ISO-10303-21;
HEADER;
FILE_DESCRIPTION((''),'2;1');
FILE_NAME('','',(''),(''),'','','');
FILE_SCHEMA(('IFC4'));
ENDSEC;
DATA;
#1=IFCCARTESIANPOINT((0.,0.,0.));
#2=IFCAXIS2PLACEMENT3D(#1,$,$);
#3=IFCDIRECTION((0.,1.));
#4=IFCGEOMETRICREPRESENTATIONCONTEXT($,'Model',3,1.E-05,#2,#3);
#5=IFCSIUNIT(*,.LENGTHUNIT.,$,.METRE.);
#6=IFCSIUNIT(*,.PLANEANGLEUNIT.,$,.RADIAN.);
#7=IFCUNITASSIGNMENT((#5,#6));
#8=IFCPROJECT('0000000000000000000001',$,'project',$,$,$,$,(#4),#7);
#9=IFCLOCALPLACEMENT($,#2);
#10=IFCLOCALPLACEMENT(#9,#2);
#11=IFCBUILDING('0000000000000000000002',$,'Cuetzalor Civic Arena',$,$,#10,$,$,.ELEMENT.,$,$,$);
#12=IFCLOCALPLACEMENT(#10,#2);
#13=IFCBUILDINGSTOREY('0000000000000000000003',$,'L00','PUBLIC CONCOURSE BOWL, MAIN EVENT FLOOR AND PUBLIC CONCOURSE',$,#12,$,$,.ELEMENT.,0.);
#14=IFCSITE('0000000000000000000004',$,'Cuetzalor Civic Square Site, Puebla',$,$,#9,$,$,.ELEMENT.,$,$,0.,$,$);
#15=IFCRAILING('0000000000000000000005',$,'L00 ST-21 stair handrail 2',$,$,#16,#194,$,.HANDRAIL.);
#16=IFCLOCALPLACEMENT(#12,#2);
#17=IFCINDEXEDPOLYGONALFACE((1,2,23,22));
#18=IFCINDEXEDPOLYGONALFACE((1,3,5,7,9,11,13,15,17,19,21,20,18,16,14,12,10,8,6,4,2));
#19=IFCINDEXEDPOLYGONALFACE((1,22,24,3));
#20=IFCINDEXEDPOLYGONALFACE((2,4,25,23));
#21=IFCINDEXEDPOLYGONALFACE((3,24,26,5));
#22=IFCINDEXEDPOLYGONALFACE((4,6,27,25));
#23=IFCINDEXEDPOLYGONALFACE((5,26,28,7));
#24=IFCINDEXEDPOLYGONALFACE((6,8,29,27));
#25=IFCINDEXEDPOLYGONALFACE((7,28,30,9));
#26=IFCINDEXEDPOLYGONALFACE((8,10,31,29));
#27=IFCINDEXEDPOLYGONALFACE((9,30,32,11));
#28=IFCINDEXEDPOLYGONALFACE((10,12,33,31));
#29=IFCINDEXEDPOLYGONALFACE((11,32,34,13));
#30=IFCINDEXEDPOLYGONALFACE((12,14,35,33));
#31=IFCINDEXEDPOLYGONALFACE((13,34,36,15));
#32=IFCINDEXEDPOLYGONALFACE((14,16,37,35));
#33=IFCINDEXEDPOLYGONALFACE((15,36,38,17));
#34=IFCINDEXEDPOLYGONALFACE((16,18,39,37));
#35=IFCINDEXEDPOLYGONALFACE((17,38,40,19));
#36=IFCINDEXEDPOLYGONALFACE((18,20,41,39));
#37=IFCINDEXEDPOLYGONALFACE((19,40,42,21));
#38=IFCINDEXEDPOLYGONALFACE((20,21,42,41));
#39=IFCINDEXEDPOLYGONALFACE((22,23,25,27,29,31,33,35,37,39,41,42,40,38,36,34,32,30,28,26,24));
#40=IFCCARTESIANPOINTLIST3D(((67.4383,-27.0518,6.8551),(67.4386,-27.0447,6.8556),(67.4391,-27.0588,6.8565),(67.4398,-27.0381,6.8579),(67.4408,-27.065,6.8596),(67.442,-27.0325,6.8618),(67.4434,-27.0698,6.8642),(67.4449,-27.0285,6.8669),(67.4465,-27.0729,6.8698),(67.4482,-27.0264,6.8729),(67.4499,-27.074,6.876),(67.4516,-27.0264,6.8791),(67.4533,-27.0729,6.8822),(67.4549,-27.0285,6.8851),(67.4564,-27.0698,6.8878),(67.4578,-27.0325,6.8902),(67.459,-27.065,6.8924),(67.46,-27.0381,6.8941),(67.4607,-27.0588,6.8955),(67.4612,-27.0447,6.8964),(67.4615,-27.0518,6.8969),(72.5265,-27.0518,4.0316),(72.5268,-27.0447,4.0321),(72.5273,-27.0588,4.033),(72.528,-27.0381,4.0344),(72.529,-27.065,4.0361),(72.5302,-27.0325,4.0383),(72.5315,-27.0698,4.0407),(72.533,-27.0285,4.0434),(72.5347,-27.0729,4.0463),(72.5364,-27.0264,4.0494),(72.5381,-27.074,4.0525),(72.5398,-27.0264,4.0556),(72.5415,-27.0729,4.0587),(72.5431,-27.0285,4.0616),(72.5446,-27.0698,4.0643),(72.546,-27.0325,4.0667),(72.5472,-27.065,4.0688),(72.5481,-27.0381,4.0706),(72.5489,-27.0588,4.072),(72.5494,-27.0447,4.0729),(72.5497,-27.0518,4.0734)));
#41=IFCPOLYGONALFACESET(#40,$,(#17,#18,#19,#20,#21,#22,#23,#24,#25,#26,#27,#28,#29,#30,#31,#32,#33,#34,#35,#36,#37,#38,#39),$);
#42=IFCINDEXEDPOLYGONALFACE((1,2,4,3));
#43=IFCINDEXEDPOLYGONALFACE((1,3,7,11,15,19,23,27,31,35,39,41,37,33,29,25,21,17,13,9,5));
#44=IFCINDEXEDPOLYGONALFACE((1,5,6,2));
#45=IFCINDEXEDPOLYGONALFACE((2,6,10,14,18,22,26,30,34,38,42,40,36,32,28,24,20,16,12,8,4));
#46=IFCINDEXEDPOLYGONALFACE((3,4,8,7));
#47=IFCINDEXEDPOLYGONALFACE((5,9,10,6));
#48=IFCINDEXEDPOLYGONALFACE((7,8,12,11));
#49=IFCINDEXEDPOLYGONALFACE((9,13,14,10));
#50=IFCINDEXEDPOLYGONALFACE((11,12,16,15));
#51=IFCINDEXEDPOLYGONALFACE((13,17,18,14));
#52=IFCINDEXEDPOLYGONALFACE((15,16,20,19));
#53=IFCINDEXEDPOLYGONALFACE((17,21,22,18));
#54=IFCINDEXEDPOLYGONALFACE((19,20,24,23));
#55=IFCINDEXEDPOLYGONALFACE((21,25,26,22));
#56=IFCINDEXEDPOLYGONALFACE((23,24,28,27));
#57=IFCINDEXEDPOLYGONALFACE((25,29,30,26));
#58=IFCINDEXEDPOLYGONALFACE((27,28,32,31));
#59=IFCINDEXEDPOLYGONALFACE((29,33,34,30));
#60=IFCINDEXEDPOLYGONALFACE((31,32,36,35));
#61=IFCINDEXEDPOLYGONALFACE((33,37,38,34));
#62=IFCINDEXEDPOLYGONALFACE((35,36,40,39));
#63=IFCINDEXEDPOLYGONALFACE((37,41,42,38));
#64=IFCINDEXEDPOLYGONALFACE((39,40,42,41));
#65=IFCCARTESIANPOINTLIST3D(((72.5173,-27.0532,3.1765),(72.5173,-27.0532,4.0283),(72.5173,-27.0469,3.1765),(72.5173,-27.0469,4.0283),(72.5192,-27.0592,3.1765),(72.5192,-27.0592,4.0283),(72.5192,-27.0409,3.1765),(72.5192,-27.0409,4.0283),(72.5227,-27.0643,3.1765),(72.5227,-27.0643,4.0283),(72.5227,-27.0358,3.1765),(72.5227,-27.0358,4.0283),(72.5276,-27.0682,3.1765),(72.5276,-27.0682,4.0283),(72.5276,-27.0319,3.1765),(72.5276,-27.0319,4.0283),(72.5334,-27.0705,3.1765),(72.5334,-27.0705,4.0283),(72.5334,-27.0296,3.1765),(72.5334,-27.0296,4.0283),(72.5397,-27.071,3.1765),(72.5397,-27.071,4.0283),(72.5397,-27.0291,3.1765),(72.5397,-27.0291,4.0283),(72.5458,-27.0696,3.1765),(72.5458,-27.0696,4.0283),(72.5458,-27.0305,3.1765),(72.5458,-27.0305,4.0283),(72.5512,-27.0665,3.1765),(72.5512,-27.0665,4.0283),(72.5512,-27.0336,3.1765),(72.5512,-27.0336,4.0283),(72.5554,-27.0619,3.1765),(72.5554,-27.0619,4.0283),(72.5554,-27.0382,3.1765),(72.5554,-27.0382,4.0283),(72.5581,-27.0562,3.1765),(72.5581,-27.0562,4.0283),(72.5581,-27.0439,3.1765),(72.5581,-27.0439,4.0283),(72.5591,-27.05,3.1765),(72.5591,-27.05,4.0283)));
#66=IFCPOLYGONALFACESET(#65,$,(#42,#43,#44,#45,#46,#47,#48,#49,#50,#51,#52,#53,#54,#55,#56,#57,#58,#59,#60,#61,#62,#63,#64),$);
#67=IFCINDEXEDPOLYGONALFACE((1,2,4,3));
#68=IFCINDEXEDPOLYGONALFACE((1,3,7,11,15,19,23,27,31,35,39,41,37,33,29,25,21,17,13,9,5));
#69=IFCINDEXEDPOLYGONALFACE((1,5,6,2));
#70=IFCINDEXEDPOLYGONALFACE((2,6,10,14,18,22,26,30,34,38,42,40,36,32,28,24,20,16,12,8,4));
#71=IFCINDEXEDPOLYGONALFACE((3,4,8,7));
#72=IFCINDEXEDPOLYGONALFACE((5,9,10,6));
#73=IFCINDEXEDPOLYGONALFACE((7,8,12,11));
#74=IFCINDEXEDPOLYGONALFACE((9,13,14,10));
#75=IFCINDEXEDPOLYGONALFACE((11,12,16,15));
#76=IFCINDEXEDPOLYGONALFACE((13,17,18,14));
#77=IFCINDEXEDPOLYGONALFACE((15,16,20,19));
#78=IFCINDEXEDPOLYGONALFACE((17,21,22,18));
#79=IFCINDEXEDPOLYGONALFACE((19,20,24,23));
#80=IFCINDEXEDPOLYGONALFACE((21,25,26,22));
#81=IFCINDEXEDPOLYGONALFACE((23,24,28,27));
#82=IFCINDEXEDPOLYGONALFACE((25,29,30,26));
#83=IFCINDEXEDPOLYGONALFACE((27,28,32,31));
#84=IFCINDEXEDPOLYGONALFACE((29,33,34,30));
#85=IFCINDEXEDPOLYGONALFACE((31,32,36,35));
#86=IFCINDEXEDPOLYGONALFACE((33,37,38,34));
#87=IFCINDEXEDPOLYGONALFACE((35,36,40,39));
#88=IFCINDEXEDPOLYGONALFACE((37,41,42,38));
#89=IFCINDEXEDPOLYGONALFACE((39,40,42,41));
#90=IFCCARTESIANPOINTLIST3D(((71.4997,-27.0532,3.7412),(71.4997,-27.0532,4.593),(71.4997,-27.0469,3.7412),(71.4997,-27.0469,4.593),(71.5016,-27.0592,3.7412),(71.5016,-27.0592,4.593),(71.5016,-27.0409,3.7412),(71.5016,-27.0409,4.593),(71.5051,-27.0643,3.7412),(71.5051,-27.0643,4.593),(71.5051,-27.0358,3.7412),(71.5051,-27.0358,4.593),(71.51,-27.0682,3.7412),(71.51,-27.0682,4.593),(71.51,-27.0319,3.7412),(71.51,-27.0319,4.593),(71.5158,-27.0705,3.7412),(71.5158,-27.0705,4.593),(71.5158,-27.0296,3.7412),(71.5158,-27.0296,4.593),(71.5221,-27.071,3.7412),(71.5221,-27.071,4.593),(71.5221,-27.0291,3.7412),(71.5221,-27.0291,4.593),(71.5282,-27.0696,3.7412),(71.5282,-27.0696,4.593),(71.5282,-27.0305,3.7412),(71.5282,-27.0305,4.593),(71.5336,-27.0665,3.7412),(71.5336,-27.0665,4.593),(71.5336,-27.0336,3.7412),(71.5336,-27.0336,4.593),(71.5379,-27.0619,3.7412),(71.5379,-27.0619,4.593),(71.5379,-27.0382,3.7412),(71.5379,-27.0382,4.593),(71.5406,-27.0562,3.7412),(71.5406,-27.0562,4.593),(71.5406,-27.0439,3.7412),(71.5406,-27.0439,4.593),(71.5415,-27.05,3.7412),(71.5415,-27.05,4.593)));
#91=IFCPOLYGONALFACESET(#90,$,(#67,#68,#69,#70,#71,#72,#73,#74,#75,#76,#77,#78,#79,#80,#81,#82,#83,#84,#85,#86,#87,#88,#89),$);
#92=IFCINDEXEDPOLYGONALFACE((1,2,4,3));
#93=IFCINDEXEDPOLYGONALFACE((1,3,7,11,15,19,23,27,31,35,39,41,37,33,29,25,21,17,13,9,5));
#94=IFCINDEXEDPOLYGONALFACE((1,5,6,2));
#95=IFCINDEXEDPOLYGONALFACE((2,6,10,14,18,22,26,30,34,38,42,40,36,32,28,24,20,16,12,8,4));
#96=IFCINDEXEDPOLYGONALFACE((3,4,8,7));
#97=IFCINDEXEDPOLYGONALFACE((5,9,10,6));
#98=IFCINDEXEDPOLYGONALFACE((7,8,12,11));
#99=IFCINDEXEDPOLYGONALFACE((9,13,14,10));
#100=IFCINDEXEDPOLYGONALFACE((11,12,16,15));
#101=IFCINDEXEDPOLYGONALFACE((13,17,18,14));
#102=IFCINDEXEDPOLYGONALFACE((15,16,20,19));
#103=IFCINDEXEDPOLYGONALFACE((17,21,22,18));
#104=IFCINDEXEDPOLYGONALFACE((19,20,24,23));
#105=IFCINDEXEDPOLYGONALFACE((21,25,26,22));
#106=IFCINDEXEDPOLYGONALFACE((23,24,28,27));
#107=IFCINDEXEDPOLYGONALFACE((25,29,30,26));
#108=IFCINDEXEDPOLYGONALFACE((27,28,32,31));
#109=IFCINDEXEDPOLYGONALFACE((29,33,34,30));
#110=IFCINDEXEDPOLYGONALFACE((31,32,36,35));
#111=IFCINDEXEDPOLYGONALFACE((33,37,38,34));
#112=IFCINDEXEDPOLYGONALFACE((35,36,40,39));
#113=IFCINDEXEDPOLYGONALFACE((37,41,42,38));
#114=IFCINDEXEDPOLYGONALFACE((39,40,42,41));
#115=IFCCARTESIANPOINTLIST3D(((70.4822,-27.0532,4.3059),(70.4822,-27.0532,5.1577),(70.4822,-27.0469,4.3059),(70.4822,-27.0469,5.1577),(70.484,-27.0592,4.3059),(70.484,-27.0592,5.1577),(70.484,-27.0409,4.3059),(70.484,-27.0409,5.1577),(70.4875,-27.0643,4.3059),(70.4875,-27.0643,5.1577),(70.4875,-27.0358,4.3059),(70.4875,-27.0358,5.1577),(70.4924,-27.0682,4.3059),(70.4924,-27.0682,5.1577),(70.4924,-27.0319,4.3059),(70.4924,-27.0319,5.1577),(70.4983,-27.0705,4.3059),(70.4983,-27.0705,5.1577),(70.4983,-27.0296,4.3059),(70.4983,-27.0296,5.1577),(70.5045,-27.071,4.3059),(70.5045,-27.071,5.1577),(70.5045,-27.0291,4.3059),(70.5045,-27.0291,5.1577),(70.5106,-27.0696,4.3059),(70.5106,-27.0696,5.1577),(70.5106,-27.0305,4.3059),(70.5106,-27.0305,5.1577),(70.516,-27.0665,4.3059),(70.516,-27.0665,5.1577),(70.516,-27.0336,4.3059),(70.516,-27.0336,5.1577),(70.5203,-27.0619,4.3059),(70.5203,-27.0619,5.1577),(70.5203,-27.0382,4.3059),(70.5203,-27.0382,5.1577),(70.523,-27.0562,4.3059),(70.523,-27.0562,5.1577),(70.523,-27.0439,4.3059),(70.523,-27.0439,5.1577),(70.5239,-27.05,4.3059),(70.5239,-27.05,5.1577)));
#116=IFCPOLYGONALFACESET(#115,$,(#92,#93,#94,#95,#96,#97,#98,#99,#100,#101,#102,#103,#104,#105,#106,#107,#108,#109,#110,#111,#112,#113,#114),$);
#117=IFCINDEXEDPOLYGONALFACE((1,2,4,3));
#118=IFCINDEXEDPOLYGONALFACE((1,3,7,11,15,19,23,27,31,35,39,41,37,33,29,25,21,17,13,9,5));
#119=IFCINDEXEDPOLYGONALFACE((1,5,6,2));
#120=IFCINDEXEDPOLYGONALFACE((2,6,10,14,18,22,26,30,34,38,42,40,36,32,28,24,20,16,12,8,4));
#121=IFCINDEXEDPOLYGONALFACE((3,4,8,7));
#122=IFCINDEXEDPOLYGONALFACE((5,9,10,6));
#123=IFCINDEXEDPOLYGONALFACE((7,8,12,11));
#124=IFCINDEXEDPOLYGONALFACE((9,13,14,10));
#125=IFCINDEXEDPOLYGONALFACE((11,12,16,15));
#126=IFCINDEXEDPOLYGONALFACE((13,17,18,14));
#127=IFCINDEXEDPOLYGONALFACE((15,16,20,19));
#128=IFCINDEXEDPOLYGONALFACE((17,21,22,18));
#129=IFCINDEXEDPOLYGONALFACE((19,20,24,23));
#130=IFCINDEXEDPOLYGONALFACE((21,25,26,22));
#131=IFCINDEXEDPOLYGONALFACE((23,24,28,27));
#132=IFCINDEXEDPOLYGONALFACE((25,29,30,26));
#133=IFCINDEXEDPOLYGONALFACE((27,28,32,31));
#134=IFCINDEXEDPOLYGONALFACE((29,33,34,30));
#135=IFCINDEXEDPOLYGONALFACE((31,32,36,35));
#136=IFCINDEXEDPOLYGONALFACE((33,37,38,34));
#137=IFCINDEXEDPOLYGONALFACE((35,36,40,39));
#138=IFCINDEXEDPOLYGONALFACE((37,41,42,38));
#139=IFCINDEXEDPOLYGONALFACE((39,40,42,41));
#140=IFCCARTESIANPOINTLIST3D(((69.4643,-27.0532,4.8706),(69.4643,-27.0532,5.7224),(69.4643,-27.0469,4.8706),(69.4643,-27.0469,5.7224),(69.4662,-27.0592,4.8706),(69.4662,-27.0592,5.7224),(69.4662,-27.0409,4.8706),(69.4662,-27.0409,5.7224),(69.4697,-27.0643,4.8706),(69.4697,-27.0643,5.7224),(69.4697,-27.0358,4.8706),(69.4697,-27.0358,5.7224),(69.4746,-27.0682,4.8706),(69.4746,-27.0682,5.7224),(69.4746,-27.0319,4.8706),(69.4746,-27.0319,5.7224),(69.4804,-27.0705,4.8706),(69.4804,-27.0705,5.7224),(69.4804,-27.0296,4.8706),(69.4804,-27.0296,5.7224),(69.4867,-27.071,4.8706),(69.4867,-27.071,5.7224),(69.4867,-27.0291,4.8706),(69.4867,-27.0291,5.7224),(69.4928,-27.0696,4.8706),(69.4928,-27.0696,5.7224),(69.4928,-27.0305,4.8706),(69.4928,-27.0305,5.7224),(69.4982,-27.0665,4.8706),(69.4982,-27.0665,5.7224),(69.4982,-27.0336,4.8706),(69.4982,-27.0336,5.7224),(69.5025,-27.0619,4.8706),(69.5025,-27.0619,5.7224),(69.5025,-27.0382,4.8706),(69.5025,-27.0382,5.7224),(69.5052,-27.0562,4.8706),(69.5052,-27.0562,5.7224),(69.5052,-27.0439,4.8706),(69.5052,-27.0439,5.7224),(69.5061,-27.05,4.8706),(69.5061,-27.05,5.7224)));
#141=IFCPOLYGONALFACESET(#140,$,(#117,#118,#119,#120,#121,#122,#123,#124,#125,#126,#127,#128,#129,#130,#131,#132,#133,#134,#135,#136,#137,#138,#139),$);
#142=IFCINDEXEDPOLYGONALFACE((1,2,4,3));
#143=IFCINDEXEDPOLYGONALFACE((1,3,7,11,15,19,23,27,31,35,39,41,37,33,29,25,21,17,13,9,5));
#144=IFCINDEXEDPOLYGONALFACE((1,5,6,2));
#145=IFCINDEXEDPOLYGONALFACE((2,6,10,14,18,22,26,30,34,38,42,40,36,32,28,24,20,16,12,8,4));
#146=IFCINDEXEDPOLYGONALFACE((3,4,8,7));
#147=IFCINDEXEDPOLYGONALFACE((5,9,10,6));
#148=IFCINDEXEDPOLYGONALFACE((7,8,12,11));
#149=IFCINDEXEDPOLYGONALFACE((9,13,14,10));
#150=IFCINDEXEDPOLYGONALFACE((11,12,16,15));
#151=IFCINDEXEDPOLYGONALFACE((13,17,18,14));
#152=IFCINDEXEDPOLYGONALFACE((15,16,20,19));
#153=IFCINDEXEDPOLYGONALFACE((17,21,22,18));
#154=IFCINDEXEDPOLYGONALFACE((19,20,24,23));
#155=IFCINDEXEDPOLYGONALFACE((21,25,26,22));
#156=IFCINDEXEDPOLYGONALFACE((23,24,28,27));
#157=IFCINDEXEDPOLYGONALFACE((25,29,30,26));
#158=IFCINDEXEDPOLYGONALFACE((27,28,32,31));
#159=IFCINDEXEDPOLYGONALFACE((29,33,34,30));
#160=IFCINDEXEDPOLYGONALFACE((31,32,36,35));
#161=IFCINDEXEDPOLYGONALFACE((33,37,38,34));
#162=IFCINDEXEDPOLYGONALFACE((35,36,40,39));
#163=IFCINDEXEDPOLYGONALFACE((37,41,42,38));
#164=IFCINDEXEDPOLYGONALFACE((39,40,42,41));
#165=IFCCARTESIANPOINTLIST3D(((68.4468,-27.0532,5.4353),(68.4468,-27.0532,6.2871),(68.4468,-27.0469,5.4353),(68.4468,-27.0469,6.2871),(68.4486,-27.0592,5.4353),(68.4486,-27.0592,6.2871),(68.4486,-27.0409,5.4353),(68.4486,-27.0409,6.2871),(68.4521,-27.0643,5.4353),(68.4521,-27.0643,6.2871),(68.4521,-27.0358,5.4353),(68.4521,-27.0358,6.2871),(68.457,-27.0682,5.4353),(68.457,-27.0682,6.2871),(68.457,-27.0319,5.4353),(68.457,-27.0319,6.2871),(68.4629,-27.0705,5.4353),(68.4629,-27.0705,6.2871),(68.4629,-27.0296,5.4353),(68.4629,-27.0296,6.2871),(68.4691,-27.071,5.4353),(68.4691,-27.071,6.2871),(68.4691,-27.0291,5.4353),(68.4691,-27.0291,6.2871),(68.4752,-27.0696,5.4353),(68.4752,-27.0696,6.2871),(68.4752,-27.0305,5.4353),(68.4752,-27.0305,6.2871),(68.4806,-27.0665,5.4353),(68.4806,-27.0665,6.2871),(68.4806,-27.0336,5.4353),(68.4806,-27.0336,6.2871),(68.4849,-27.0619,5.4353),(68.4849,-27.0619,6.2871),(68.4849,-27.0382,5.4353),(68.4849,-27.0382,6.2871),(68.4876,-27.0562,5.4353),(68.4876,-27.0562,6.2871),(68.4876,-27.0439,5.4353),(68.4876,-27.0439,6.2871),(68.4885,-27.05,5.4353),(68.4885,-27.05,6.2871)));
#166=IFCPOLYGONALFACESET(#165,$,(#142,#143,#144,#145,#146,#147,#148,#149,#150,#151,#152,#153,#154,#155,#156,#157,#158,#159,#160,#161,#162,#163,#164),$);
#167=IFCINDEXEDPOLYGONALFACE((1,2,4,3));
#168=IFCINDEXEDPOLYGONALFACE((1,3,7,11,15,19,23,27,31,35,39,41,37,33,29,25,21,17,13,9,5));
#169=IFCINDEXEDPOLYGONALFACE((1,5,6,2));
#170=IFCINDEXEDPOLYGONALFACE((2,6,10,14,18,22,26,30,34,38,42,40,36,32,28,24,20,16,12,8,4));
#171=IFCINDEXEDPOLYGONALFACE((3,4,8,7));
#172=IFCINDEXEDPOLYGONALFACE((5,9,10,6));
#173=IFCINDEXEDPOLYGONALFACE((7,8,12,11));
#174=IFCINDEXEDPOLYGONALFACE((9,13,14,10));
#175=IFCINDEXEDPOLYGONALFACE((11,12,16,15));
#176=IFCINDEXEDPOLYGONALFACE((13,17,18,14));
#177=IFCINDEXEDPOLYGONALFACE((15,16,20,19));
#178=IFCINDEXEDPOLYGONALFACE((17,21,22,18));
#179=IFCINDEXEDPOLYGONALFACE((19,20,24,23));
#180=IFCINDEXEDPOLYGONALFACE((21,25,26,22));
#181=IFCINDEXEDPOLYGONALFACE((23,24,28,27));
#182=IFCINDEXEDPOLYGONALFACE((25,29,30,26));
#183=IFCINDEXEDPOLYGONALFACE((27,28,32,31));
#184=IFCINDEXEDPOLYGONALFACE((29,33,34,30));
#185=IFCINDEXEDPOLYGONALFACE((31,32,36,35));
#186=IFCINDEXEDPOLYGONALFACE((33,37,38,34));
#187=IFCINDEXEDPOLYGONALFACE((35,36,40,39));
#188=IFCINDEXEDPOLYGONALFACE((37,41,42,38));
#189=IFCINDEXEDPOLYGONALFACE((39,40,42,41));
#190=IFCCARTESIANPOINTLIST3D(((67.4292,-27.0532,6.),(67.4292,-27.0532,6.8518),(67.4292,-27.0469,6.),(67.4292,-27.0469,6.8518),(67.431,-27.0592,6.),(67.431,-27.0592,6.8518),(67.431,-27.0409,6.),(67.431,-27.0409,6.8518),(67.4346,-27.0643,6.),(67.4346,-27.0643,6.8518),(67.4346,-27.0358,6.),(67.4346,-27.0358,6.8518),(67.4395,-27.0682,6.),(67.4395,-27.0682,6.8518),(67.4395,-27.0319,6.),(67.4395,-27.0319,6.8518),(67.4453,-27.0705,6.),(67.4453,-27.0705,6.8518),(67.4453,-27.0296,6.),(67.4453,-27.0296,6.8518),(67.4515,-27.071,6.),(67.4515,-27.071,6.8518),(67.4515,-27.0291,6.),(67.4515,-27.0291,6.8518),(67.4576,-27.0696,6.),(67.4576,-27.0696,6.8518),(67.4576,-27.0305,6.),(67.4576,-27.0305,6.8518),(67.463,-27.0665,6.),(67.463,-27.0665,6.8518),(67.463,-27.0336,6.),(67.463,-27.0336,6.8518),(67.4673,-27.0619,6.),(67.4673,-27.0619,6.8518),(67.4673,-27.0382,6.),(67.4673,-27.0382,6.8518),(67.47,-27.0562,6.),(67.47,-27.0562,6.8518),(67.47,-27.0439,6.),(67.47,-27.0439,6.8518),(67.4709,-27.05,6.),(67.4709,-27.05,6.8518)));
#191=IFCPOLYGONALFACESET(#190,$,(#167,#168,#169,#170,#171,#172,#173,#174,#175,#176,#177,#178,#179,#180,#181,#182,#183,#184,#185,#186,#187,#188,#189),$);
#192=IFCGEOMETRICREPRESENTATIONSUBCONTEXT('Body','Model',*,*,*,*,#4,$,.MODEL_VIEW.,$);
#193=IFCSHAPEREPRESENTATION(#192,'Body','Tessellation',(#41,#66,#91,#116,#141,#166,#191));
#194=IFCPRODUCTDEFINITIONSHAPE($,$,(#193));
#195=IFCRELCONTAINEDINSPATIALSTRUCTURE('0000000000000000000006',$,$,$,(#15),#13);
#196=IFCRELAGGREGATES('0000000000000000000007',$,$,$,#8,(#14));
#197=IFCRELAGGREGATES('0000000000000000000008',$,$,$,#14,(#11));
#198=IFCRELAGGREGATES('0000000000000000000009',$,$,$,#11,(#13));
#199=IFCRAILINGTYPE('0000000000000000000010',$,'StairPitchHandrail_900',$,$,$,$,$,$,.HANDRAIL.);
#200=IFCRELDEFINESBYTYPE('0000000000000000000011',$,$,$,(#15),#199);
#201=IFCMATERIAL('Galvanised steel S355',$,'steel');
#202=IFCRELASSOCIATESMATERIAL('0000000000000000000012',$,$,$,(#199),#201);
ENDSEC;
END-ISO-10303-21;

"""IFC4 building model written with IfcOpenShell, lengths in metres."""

from ifc_helpers import new_model, si_unit, direction, frame, origin, origin_2d, place, context, subcontext, project, spatial, circle, extrude, material, type_object, element, save


model = new_model("IFC4")

# Units and contexts
model_context = context("Model", 3, precision=1e-05, world=origin(), true_north=direction((0.0, 1.0)))
body_context = subcontext(model_context, "Body", "Model", "MODEL_VIEW")
ifc_project = project(units=[si_unit("LENGTHUNIT", "METRE"), si_unit("PLANEANGLEUNIT", "RADIAN")], contexts=[model_context])

# Site, building, storey
site_placement = place(None, origin())
site = spatial("IfcSite", under=ifc_project, at=site_placement, Name="Cuetzalor Civic Square Site, Puebla", CompositionType="ELEMENT", RefElevation=0.0)
building_placement = place(site_placement, origin())
building = spatial("IfcBuilding", under=site, at=building_placement, Name="Cuetzalor Civic Arena", CompositionType="ELEMENT")
storey_placement = place(building_placement, origin())
storey = spatial("IfcBuildingStorey", under=building, at=storey_placement, Name="L00", Description="PUBLIC CONCOURSE BOWL, MAIN EVENT FLOOR AND PUBLIC CONCOURSE", CompositionType="ELEMENT", Elevation=0.0)

# Railing
ifc_material_1 = material(Name="Galvanised steel S355", Category="steel")
railing_type_1 = type_object("IfcRailingType", Name="StairPitchHandrail_900", PredefinedType="HANDRAIL", material=ifc_material_1)
railing_1_placement = place(storey_placement, frame((72.5381, -27.05, 3.1765)))
element("IfcRailing", 1, at=railing_1_placement, inside=storey, type_object=railing_type_1, Name="L00 ST-21 stair handrail 2", PredefinedType="HANDRAIL", context=body_context, shape_type="SweptSolid", body=[
    extrude(circle(Radius=0.0239, at=origin_2d()), frame((0.0, 0.0, 0.876), z_axis=(-0.874395, 0.0, 0.485215), x_axis=(0.0, -1.0, 0.0)), (0.0, 0.0, 1.0), 5.8191),
    extrude(circle(Radius=0.021, at=origin_2d()), origin(), (0.0, 0.0, 1.0), 0.8518),
    extrude(circle(Radius=0.021, at=origin_2d()), frame((-1.0176, 0.0, 0.5647)), (0.0, 0.0, 1.0), 0.8518),
    extrude(circle(Radius=0.021, at=origin_2d()), frame((-2.0352, 0.0, 1.1294)), (0.0, 0.0, 1.0), 0.8518),
    extrude(circle(Radius=0.021, at=origin_2d()), frame((-3.053, 0.0, 1.6941)), (0.0, 0.0, 1.0), 0.8518),
    extrude(circle(Radius=0.021, at=origin_2d()), frame((-4.0706, 0.0, 2.2588)), (0.0, 0.0, 1.0), 0.8518),
    extrude(circle(Radius=0.021, at=origin_2d()), frame((-5.0881, 0.0, 2.8235)), (0.0, 0.0, 1.0), 0.8518),
])

save(model, "model.ifc")
